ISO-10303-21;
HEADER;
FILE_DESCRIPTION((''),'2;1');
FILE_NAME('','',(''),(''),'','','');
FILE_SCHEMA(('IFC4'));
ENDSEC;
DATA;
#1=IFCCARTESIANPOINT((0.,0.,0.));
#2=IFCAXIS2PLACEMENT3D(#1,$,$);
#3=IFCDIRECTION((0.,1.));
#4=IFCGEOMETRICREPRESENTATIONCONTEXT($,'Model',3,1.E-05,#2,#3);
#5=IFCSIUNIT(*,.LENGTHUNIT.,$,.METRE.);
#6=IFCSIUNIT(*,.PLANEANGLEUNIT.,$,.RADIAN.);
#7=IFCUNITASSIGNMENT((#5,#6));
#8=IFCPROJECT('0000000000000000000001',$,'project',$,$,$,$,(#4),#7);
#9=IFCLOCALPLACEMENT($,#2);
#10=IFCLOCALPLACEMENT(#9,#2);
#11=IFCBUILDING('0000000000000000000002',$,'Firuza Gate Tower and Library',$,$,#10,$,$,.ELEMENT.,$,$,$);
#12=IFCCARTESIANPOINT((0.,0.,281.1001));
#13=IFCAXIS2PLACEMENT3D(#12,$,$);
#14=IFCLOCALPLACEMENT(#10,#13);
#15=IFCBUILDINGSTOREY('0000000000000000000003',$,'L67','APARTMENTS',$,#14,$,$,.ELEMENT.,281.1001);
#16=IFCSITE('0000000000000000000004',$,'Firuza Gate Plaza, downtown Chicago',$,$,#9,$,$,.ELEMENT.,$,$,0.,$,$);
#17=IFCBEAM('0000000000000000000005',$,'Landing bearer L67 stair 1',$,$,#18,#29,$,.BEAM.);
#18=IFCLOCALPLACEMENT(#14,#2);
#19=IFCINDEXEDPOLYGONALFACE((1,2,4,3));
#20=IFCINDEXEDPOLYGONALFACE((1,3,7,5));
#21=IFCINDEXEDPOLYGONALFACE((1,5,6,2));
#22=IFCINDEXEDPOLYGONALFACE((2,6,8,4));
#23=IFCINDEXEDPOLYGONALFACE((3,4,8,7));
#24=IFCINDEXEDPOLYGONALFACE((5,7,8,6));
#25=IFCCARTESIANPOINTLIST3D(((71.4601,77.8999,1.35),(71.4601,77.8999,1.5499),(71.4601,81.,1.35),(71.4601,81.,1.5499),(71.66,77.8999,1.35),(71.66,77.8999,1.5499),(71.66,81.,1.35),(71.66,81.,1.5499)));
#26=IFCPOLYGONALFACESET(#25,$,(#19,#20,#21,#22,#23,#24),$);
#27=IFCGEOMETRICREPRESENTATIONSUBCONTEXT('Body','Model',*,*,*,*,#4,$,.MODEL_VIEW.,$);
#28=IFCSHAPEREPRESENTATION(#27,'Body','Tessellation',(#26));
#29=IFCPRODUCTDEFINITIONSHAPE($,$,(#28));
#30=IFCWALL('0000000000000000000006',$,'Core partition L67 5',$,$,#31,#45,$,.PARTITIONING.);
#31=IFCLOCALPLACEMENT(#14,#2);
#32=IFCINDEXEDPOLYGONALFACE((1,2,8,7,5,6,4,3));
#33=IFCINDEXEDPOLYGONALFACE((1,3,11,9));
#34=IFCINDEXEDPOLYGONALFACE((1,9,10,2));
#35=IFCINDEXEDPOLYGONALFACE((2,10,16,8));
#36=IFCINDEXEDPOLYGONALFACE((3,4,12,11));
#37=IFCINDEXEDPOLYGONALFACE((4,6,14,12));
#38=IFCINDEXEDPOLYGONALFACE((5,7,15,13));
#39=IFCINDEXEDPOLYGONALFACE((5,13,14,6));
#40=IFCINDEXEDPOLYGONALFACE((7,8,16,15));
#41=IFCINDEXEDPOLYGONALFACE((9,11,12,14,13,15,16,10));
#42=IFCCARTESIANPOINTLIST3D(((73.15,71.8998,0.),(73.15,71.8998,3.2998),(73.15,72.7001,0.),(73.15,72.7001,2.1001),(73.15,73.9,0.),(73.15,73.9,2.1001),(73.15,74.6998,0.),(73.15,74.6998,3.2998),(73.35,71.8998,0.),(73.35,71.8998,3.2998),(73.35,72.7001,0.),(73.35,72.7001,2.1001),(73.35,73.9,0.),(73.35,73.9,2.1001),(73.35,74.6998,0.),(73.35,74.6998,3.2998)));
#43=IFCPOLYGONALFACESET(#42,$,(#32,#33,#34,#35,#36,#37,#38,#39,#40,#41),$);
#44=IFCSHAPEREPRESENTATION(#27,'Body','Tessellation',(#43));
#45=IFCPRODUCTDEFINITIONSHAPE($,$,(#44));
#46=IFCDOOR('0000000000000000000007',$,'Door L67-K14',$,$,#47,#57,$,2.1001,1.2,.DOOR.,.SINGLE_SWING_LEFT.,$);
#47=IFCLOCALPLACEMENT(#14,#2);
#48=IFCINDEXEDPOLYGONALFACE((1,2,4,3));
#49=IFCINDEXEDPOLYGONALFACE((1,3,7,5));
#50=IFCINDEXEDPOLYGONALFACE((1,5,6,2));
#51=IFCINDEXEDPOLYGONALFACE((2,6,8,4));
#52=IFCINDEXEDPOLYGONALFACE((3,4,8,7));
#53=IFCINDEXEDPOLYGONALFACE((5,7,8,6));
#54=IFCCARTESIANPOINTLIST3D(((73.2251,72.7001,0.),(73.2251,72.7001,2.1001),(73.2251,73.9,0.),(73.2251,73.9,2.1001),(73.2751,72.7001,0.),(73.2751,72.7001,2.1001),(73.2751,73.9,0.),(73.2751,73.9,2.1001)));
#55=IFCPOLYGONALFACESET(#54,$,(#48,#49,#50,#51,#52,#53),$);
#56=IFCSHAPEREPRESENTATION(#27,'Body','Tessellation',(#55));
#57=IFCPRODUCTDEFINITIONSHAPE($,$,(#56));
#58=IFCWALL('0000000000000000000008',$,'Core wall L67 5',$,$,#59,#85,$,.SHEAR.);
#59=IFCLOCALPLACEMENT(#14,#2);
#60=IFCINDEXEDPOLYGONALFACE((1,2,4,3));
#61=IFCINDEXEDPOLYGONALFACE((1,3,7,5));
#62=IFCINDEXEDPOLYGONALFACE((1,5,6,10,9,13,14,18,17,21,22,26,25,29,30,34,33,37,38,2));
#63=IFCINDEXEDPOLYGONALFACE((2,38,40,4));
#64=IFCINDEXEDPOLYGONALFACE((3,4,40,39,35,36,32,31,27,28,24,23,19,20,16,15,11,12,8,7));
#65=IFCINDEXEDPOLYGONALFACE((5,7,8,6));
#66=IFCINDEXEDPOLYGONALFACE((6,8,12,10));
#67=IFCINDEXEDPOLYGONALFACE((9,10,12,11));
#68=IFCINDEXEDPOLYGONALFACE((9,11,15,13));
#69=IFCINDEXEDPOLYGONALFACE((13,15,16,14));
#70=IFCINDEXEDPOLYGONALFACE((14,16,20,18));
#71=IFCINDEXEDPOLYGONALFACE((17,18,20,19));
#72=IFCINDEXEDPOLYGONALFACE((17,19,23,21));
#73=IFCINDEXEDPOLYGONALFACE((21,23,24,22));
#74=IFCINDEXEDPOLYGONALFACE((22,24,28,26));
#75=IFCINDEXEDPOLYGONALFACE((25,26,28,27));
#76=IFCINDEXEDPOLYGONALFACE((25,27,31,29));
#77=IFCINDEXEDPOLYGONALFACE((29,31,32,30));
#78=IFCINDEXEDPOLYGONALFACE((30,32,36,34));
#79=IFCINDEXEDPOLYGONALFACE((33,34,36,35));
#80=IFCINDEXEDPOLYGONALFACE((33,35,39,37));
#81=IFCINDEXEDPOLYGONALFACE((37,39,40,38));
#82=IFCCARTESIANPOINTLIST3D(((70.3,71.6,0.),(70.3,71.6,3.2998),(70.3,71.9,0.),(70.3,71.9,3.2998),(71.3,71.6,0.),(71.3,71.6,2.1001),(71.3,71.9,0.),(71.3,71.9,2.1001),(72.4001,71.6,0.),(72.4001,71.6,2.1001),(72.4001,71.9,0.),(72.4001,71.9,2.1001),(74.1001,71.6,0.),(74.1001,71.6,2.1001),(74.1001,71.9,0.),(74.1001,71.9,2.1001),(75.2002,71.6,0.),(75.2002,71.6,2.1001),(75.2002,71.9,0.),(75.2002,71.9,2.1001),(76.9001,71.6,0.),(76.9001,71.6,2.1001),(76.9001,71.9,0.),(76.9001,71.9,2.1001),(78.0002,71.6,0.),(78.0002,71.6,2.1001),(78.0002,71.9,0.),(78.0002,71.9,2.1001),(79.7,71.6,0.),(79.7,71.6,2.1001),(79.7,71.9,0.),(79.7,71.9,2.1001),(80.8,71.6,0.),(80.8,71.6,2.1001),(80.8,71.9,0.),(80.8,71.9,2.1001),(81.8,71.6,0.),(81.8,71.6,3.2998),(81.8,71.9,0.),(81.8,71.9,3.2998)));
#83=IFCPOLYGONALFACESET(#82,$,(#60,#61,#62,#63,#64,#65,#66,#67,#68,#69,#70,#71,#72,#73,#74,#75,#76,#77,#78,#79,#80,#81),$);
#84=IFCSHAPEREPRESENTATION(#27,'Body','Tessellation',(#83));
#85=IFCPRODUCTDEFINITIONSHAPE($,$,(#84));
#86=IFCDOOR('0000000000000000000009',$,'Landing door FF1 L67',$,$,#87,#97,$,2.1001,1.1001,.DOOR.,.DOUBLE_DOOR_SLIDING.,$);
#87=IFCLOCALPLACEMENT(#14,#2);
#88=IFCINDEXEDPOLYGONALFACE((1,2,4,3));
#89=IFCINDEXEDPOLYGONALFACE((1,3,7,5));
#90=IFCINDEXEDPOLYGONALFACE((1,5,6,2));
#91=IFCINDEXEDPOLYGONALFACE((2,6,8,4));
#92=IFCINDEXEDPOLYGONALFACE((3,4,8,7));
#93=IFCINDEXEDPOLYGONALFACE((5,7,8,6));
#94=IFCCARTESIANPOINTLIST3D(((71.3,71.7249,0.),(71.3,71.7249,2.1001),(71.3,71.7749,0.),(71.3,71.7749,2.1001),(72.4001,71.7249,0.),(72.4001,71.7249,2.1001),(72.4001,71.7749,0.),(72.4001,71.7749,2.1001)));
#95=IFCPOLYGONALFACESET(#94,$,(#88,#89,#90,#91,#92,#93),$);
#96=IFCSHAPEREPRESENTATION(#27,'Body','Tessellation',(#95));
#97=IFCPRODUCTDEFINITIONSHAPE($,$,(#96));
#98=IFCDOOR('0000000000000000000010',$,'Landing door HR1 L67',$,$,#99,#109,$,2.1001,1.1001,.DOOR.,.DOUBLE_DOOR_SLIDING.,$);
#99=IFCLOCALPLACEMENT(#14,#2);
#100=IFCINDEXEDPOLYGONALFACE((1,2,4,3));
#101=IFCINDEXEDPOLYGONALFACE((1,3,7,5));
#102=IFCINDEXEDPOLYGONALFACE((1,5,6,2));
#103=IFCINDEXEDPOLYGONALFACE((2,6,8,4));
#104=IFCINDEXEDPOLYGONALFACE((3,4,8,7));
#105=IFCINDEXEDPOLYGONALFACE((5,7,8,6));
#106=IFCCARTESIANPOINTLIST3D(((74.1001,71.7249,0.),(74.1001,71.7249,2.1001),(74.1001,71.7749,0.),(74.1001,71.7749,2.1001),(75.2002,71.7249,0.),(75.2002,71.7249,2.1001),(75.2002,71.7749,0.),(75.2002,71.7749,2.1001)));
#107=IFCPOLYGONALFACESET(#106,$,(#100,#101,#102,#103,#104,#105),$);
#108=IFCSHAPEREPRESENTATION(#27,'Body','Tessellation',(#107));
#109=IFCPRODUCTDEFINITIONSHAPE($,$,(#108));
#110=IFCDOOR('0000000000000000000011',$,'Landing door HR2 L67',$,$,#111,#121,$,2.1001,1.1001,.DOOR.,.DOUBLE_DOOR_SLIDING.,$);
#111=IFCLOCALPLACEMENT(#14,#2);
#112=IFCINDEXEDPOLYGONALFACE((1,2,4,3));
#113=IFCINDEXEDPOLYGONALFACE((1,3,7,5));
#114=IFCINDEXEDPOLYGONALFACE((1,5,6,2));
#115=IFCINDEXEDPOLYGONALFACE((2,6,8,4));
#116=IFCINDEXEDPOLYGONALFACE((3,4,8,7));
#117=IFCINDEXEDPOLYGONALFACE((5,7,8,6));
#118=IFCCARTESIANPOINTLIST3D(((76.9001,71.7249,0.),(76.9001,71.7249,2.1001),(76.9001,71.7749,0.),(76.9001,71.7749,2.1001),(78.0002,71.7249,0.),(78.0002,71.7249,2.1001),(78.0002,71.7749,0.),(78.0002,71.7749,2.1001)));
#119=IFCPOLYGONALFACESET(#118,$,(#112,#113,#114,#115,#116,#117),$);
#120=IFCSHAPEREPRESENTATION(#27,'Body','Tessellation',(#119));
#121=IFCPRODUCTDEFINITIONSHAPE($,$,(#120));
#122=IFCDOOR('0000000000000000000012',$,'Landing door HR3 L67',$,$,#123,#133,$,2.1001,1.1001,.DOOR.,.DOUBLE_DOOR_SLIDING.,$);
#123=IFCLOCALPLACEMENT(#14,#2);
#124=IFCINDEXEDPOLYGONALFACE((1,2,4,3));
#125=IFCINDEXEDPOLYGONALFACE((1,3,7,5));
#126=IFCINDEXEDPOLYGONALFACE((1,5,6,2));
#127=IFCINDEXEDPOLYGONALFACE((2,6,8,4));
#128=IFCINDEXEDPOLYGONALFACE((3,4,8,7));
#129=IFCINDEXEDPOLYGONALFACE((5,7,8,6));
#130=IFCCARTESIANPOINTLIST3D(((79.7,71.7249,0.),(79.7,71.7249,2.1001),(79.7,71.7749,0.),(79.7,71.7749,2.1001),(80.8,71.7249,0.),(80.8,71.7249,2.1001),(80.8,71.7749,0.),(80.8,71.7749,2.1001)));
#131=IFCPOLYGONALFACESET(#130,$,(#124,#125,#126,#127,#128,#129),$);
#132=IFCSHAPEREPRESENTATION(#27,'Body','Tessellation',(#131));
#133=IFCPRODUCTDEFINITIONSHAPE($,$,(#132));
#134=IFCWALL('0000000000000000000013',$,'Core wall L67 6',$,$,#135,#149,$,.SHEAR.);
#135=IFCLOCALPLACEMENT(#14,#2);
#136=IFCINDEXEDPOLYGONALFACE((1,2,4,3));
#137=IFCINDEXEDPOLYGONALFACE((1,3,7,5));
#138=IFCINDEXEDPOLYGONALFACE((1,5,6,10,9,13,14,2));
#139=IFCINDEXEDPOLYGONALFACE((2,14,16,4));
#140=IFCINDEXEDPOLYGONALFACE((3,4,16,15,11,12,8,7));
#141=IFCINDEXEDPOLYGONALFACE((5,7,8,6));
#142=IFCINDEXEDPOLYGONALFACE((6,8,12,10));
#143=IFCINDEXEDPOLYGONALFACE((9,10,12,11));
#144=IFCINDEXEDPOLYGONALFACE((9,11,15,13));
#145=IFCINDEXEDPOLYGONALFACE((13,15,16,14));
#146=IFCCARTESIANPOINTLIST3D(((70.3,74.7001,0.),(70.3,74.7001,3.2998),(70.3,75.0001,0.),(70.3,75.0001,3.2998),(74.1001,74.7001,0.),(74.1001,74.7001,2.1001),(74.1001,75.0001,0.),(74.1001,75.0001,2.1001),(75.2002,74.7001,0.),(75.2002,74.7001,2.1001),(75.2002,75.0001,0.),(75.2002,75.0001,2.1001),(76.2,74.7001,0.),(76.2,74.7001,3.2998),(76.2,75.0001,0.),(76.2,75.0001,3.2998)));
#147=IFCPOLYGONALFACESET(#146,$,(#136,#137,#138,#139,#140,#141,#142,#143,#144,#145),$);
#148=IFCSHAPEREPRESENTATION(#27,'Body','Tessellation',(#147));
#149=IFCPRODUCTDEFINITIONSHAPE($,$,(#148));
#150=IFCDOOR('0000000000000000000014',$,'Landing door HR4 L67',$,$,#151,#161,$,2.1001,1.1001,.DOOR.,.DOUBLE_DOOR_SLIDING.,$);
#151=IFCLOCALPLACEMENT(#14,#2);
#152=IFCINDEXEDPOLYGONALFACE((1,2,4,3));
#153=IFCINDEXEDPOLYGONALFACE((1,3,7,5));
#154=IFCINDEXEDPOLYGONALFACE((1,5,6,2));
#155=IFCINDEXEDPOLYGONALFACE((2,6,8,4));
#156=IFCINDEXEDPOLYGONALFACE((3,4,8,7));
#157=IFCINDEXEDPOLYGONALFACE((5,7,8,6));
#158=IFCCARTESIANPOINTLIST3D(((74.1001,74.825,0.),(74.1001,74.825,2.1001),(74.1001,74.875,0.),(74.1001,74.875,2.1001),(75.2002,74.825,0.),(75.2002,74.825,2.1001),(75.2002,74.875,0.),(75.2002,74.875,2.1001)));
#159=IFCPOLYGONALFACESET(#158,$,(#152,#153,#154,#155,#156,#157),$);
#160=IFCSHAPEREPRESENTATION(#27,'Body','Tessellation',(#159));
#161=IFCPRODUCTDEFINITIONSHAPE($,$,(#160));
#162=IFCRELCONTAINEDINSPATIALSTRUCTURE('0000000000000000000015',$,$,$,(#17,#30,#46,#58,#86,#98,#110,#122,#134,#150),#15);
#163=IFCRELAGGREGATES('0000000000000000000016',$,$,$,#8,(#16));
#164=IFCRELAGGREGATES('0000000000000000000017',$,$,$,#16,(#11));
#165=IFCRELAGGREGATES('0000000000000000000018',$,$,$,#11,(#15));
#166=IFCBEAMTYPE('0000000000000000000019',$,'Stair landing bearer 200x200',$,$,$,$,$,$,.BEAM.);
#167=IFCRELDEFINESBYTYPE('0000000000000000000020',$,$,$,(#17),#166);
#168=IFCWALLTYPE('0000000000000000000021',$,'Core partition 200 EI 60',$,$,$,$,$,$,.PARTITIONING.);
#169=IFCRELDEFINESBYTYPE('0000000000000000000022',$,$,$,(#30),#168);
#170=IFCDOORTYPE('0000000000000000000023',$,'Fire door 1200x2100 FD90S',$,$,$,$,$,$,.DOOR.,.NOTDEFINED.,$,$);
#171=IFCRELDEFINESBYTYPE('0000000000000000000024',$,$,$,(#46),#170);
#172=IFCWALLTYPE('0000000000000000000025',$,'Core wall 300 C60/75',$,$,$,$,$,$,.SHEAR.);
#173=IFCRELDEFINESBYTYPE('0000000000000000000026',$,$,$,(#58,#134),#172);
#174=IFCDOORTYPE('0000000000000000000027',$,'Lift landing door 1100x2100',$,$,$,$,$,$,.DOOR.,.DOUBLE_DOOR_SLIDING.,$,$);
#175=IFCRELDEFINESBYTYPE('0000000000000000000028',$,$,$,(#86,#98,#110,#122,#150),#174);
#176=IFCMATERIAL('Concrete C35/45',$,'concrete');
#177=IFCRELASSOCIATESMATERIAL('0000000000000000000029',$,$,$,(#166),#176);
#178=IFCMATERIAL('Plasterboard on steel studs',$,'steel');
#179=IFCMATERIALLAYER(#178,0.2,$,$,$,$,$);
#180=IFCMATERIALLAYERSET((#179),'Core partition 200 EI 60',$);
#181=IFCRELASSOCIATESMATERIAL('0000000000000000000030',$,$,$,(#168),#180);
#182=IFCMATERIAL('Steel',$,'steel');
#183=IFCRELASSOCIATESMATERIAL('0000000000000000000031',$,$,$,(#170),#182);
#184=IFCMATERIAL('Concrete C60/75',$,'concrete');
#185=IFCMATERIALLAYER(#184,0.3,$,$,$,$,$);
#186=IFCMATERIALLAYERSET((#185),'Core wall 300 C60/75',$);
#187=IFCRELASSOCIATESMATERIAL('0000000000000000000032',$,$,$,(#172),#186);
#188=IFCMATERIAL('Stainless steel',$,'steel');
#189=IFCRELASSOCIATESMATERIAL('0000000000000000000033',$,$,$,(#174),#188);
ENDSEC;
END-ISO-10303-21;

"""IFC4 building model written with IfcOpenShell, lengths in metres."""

from ifc_helpers import new_model, si_unit, direction, frame, frame_2d, origin, origin_2d, place, context, subcontext, project, spatial, rectangle, extrude, material, layer, layer_set, material_profile, profile_set, type_object, element, fill, save


model = new_model("IFC4")

# Units and contexts
model_context = context("Model", 3, precision=1e-05, world=origin(), true_north=direction((0.0, 1.0)))
body_context = subcontext(model_context, "Body", "Model", "MODEL_VIEW")
ifc_project = project(units=[si_unit("LENGTHUNIT", "METRE"), si_unit("PLANEANGLEUNIT", "RADIAN")], contexts=[model_context])

# Site, building, storey
site_placement = place(None, origin())
site = spatial("IfcSite", under=ifc_project, at=site_placement, Name="Firuza Gate Plaza, downtown Chicago", CompositionType="ELEMENT", RefElevation=0.0)
building_placement = place(site_placement, origin())
building = spatial("IfcBuilding", under=site, at=building_placement, Name="Firuza Gate Tower and Library", CompositionType="ELEMENT")
storey_placement = place(building_placement, frame((0.0, 0.0, 281.1001)))
storey = spatial("IfcBuildingStorey", under=building, at=storey_placement, Name="L67", Description="APARTMENTS", CompositionType="ELEMENT", Elevation=281.1001)

# Beam
ifc_material_1 = material(Name="Concrete C35/45", Category="concrete")
ifc_material_profile = material_profile(ifc_material_1, rectangle(XDim=0.2, YDim=0.2, at=origin_2d()))
ifc_profile_set = profile_set([ifc_material_profile], Name="Concrete C35/45")
beam_type = type_object("IfcBeamType", Name="Stair landing bearer 200x200", PredefinedType="BEAM", material=ifc_profile_set)
beam_placement = place(storey_placement, frame((71.5601, 77.8999, 1.45), z_axis=(0.0, 1.0, 0.0), x_axis=(-1.0, 0.0, 0.0)))
element("IfcBeam", 1, at=beam_placement, inside=storey, type_object=beam_type, Name="Landing bearer L67 stair 1", PredefinedType="BEAM", context=body_context, shape_type="SweptSolid", body=[
    extrude(rectangle(XDim=0.2, YDim=0.2, at=origin_2d()), origin(), (0.0, 0.0, 1.0), 3.1001),
])

# Wall, opening, door
ifc_material_2 = material(Name="Plasterboard on steel studs", Category="steel")
ifc_layer_1 = layer(ifc_material_2, 0.2)
ifc_layer_set_1 = layer_set([ifc_layer_1], Name="Core partition 200 EI 60")
wall_type_1 = type_object("IfcWallType", Name="Core partition 200 EI 60", PredefinedType="PARTITIONING", material=ifc_layer_set_1)
wall_1_placement = place(storey_placement, frame((73.25, 71.8999, 0.0), z_axis=(0.0, 0.0, 1.0), x_axis=(0.0, 1.0, 0.0)))
wall_1 = element("IfcWall", 2, at=wall_1_placement, inside=storey, type_object=wall_type_1, Name="Core partition L67 5", PredefinedType="PARTITIONING", context=body_context, shape_type="SweptSolid", body=[
    extrude(rectangle(XDim=2.8, YDim=0.2, at=frame_2d((1.3999, 0.0))), origin(), (0.0, 0.0, 1.0), 3.2998),
])
opening_1_placement = place(wall_1_placement, frame((0.8, 0.0, 0.0)))
opening_1 = element("IfcOpeningElement", 3, at=opening_1_placement, cuts=wall_1, PredefinedType="OPENING", context=body_context, shape_type="SweptSolid", body=[
    extrude(rectangle(XDim=1.2, YDim=2.1001, at=frame_2d((0.6001, 1.05))), frame((0.0, 0.1099, 0.0), z_axis=(0.0, -1.0, 0.0), x_axis=(1.0, 0.0, 0.0)), (0.0, 0.0, 1.0), 0.22),
])
ifc_material_3 = material(Name="Steel", Category="steel")
door_type_1 = type_object("IfcDoorType", Name="Fire door 1200x2100 FD90S", OperationType="NOTDEFINED", PredefinedType="DOOR", material=ifc_material_3)
door_1_placement = place(opening_1_placement, origin())
door_1 = element("IfcDoor", 4, at=door_1_placement, inside=storey, type_object=door_type_1, Name="Door L67-K14", OperationType="SINGLE_SWING_LEFT", OverallHeight=2.1001, OverallWidth=1.2, PredefinedType="DOOR", context=body_context, shape_type="SweptSolid", body=[
    extrude(rectangle(XDim=1.2, YDim=2.1001, at=frame_2d((0.6001, 1.05))), frame((0.0, 0.0249, 0.0), z_axis=(0.0, -1.0, 0.0), x_axis=(1.0, 0.0, 0.0)), (0.0, 0.0, 1.0), 0.05),
])
fill(opening_1, door_1)

# Wall, openings, doors
ifc_material_4 = material(Name="Concrete C60/75", Category="concrete")
ifc_layer_2 = layer(ifc_material_4, 0.3)
ifc_layer_set_2 = layer_set([ifc_layer_2], Name="Core wall 300 C60/75")
wall_type_2 = type_object("IfcWallType", Name="Core wall 300 C60/75", PredefinedType="SHEAR", material=ifc_layer_set_2)
wall_2_placement = place(storey_placement, frame((70.3, 71.75, 0.0), z_axis=(0.0, 0.0, 1.0), x_axis=(1.0, 0.0, 0.0)))
wall_2 = element("IfcWall", 5, at=wall_2_placement, inside=storey, type_object=wall_type_2, Name="Core wall L67 5", PredefinedType="SHEAR", context=body_context, shape_type="SweptSolid", body=[
    extrude(rectangle(XDim=11.5, YDim=0.3, at=frame_2d((5.75, 0.0))), origin(), (0.0, 0.0, 1.0), 3.2998),
])
opening_2_placement = place(wall_2_placement, frame((1.0, 0.0, 0.0)))
opening_2 = element("IfcOpeningElement", 6, at=opening_2_placement, cuts=wall_2, PredefinedType="OPENING", context=body_context, shape_type="SweptSolid", body=[
    extrude(rectangle(XDim=1.1001, YDim=2.1001, at=frame_2d((0.55, 1.05))), frame((0.0, 0.1602, 0.0), z_axis=(0.0, -1.0, 0.0), x_axis=(1.0, 0.0, 0.0)), (0.0, 0.0, 1.0), 0.3201),
])
opening_3_placement = place(wall_2_placement, frame((3.8, 0.0, 0.0)))
opening_3 = element("IfcOpeningElement", 7, at=opening_3_placement, cuts=wall_2, PredefinedType="OPENING", context=body_context, shape_type="SweptSolid", body=[
    extrude(rectangle(XDim=1.1001, YDim=2.1001, at=frame_2d((0.55, 1.05))), frame((0.0, 0.1602, 0.0), z_axis=(0.0, -1.0, 0.0), x_axis=(1.0, 0.0, 0.0)), (0.0, 0.0, 1.0), 0.3201),
])
opening_4_placement = place(wall_2_placement, frame((6.6001, 0.0, 0.0)))
opening_4 = element("IfcOpeningElement", 8, at=opening_4_placement, cuts=wall_2, PredefinedType="OPENING", context=body_context, shape_type="SweptSolid", body=[
    extrude(rectangle(XDim=1.1001, YDim=2.1001, at=frame_2d((0.55, 1.05))), frame((0.0, 0.1602, 0.0), z_axis=(0.0, -1.0, 0.0), x_axis=(1.0, 0.0, 0.0)), (0.0, 0.0, 1.0), 0.3201),
])
opening_5_placement = place(wall_2_placement, frame((9.3999, 0.0, 0.0)))
opening_5 = element("IfcOpeningElement", 9, at=opening_5_placement, cuts=wall_2, PredefinedType="OPENING", context=body_context, shape_type="SweptSolid", body=[
    extrude(rectangle(XDim=1.1001, YDim=2.1001, at=frame_2d((0.55, 1.05))), frame((0.0, 0.1602, 0.0), z_axis=(0.0, -1.0, 0.0), x_axis=(1.0, 0.0, 0.0)), (0.0, 0.0, 1.0), 0.3201),
])
ifc_material_5 = material(Name="Stainless steel", Category="steel")
door_type_2 = type_object("IfcDoorType", Name="Lift landing door 1100x2100", OperationType="DOUBLE_DOOR_SLIDING", PredefinedType="DOOR", material=ifc_material_5)
door_2_placement = place(opening_2_placement, origin())
door_2 = element("IfcDoor", 10, at=door_2_placement, inside=storey, type_object=door_type_2, Name="Landing door FF1 L67", OperationType="DOUBLE_DOOR_SLIDING", OverallHeight=2.1001, OverallWidth=1.1001, PredefinedType="DOOR", context=body_context, shape_type="SweptSolid", body=[
    extrude(rectangle(XDim=1.1001, YDim=2.1001, at=frame_2d((0.55, 1.05))), frame((0.0, 0.0249, 0.0), z_axis=(0.0, -1.0, 0.0), x_axis=(1.0, 0.0, 0.0)), (0.0, 0.0, 1.0), 0.05),
])
fill(opening_2, door_2)
door_3_placement = place(opening_3_placement, origin())
door_3 = element("IfcDoor", 11, at=door_3_placement, inside=storey, type_object=door_type_2, Name="Landing door HR1 L67", OperationType="DOUBLE_DOOR_SLIDING", OverallHeight=2.1001, OverallWidth=1.1001, PredefinedType="DOOR", context=body_context, shape_type="SweptSolid", body=[
    extrude(rectangle(XDim=1.1001, YDim=2.1001, at=frame_2d((0.55, 1.05))), frame((0.0, 0.0249, 0.0), z_axis=(0.0, -1.0, 0.0), x_axis=(1.0, 0.0, 0.0)), (0.0, 0.0, 1.0), 0.05),
])
fill(opening_3, door_3)
door_4_placement = place(opening_4_placement, origin())
door_4 = element("IfcDoor", 12, at=door_4_placement, inside=storey, type_object=door_type_2, Name="Landing door HR2 L67", OperationType="DOUBLE_DOOR_SLIDING", OverallHeight=2.1001, OverallWidth=1.1001, PredefinedType="DOOR", context=body_context, shape_type="SweptSolid", body=[
    extrude(rectangle(XDim=1.1001, YDim=2.1001, at=frame_2d((0.55, 1.05))), frame((0.0, 0.0249, 0.0), z_axis=(0.0, -1.0, 0.0), x_axis=(1.0, 0.0, 0.0)), (0.0, 0.0, 1.0), 0.05),
])
fill(opening_4, door_4)
door_5_placement = place(opening_5_placement, origin())
door_5 = element("IfcDoor", 13, at=door_5_placement, inside=storey, type_object=door_type_2, Name="Landing door HR3 L67", OperationType="DOUBLE_DOOR_SLIDING", OverallHeight=2.1001, OverallWidth=1.1001, PredefinedType="DOOR", context=body_context, shape_type="SweptSolid", body=[
    extrude(rectangle(XDim=1.1001, YDim=2.1001, at=frame_2d((0.55, 1.05))), frame((0.0, 0.0249, 0.0), z_axis=(0.0, -1.0, 0.0), x_axis=(1.0, 0.0, 0.0)), (0.0, 0.0, 1.0), 0.05),
])
fill(opening_5, door_5)

# Wall, opening, door
wall_3_placement = place(storey_placement, frame((70.3, 74.8501, 0.0), z_axis=(0.0, 0.0, 1.0), x_axis=(1.0, 0.0, 0.0)))
wall_3 = element("IfcWall", 14, at=wall_3_placement, inside=storey, type_object=wall_type_2, Name="Core wall L67 6", PredefinedType="SHEAR", context=body_context, shape_type="SweptSolid", body=[
    extrude(rectangle(XDim=5.8999, YDim=0.3, at=frame_2d((2.95, 0.0))), origin(), (0.0, 0.0, 1.0), 3.2998),
])
opening_6_placement = place(wall_3_placement, frame((3.8, 0.0, 0.0)))
opening_6 = element("IfcOpeningElement", 15, at=opening_6_placement, cuts=wall_3, PredefinedType="OPENING", context=body_context, shape_type="SweptSolid", body=[
    extrude(rectangle(XDim=1.1001, YDim=2.1001, at=frame_2d((0.55, 1.05))), frame((0.0, 0.1602, 0.0), z_axis=(0.0, -1.0, 0.0), x_axis=(1.0, 0.0, 0.0)), (0.0, 0.0, 1.0), 0.3201),
])
door_6_placement = place(opening_6_placement, origin())
door_6 = element("IfcDoor", 16, at=door_6_placement, inside=storey, type_object=door_type_2, Name="Landing door HR4 L67", OperationType="DOUBLE_DOOR_SLIDING", OverallHeight=2.1001, OverallWidth=1.1001, PredefinedType="DOOR", context=body_context, shape_type="SweptSolid", body=[
    extrude(rectangle(XDim=1.1001, YDim=2.1001, at=frame_2d((0.55, 1.05))), frame((0.0, 0.0249, 0.0), z_axis=(0.0, -1.0, 0.0), x_axis=(1.0, 0.0, 0.0)), (0.0, 0.0, 1.0), 0.05),
])
fill(opening_6, door_6)

save(model, "model.ifc")
